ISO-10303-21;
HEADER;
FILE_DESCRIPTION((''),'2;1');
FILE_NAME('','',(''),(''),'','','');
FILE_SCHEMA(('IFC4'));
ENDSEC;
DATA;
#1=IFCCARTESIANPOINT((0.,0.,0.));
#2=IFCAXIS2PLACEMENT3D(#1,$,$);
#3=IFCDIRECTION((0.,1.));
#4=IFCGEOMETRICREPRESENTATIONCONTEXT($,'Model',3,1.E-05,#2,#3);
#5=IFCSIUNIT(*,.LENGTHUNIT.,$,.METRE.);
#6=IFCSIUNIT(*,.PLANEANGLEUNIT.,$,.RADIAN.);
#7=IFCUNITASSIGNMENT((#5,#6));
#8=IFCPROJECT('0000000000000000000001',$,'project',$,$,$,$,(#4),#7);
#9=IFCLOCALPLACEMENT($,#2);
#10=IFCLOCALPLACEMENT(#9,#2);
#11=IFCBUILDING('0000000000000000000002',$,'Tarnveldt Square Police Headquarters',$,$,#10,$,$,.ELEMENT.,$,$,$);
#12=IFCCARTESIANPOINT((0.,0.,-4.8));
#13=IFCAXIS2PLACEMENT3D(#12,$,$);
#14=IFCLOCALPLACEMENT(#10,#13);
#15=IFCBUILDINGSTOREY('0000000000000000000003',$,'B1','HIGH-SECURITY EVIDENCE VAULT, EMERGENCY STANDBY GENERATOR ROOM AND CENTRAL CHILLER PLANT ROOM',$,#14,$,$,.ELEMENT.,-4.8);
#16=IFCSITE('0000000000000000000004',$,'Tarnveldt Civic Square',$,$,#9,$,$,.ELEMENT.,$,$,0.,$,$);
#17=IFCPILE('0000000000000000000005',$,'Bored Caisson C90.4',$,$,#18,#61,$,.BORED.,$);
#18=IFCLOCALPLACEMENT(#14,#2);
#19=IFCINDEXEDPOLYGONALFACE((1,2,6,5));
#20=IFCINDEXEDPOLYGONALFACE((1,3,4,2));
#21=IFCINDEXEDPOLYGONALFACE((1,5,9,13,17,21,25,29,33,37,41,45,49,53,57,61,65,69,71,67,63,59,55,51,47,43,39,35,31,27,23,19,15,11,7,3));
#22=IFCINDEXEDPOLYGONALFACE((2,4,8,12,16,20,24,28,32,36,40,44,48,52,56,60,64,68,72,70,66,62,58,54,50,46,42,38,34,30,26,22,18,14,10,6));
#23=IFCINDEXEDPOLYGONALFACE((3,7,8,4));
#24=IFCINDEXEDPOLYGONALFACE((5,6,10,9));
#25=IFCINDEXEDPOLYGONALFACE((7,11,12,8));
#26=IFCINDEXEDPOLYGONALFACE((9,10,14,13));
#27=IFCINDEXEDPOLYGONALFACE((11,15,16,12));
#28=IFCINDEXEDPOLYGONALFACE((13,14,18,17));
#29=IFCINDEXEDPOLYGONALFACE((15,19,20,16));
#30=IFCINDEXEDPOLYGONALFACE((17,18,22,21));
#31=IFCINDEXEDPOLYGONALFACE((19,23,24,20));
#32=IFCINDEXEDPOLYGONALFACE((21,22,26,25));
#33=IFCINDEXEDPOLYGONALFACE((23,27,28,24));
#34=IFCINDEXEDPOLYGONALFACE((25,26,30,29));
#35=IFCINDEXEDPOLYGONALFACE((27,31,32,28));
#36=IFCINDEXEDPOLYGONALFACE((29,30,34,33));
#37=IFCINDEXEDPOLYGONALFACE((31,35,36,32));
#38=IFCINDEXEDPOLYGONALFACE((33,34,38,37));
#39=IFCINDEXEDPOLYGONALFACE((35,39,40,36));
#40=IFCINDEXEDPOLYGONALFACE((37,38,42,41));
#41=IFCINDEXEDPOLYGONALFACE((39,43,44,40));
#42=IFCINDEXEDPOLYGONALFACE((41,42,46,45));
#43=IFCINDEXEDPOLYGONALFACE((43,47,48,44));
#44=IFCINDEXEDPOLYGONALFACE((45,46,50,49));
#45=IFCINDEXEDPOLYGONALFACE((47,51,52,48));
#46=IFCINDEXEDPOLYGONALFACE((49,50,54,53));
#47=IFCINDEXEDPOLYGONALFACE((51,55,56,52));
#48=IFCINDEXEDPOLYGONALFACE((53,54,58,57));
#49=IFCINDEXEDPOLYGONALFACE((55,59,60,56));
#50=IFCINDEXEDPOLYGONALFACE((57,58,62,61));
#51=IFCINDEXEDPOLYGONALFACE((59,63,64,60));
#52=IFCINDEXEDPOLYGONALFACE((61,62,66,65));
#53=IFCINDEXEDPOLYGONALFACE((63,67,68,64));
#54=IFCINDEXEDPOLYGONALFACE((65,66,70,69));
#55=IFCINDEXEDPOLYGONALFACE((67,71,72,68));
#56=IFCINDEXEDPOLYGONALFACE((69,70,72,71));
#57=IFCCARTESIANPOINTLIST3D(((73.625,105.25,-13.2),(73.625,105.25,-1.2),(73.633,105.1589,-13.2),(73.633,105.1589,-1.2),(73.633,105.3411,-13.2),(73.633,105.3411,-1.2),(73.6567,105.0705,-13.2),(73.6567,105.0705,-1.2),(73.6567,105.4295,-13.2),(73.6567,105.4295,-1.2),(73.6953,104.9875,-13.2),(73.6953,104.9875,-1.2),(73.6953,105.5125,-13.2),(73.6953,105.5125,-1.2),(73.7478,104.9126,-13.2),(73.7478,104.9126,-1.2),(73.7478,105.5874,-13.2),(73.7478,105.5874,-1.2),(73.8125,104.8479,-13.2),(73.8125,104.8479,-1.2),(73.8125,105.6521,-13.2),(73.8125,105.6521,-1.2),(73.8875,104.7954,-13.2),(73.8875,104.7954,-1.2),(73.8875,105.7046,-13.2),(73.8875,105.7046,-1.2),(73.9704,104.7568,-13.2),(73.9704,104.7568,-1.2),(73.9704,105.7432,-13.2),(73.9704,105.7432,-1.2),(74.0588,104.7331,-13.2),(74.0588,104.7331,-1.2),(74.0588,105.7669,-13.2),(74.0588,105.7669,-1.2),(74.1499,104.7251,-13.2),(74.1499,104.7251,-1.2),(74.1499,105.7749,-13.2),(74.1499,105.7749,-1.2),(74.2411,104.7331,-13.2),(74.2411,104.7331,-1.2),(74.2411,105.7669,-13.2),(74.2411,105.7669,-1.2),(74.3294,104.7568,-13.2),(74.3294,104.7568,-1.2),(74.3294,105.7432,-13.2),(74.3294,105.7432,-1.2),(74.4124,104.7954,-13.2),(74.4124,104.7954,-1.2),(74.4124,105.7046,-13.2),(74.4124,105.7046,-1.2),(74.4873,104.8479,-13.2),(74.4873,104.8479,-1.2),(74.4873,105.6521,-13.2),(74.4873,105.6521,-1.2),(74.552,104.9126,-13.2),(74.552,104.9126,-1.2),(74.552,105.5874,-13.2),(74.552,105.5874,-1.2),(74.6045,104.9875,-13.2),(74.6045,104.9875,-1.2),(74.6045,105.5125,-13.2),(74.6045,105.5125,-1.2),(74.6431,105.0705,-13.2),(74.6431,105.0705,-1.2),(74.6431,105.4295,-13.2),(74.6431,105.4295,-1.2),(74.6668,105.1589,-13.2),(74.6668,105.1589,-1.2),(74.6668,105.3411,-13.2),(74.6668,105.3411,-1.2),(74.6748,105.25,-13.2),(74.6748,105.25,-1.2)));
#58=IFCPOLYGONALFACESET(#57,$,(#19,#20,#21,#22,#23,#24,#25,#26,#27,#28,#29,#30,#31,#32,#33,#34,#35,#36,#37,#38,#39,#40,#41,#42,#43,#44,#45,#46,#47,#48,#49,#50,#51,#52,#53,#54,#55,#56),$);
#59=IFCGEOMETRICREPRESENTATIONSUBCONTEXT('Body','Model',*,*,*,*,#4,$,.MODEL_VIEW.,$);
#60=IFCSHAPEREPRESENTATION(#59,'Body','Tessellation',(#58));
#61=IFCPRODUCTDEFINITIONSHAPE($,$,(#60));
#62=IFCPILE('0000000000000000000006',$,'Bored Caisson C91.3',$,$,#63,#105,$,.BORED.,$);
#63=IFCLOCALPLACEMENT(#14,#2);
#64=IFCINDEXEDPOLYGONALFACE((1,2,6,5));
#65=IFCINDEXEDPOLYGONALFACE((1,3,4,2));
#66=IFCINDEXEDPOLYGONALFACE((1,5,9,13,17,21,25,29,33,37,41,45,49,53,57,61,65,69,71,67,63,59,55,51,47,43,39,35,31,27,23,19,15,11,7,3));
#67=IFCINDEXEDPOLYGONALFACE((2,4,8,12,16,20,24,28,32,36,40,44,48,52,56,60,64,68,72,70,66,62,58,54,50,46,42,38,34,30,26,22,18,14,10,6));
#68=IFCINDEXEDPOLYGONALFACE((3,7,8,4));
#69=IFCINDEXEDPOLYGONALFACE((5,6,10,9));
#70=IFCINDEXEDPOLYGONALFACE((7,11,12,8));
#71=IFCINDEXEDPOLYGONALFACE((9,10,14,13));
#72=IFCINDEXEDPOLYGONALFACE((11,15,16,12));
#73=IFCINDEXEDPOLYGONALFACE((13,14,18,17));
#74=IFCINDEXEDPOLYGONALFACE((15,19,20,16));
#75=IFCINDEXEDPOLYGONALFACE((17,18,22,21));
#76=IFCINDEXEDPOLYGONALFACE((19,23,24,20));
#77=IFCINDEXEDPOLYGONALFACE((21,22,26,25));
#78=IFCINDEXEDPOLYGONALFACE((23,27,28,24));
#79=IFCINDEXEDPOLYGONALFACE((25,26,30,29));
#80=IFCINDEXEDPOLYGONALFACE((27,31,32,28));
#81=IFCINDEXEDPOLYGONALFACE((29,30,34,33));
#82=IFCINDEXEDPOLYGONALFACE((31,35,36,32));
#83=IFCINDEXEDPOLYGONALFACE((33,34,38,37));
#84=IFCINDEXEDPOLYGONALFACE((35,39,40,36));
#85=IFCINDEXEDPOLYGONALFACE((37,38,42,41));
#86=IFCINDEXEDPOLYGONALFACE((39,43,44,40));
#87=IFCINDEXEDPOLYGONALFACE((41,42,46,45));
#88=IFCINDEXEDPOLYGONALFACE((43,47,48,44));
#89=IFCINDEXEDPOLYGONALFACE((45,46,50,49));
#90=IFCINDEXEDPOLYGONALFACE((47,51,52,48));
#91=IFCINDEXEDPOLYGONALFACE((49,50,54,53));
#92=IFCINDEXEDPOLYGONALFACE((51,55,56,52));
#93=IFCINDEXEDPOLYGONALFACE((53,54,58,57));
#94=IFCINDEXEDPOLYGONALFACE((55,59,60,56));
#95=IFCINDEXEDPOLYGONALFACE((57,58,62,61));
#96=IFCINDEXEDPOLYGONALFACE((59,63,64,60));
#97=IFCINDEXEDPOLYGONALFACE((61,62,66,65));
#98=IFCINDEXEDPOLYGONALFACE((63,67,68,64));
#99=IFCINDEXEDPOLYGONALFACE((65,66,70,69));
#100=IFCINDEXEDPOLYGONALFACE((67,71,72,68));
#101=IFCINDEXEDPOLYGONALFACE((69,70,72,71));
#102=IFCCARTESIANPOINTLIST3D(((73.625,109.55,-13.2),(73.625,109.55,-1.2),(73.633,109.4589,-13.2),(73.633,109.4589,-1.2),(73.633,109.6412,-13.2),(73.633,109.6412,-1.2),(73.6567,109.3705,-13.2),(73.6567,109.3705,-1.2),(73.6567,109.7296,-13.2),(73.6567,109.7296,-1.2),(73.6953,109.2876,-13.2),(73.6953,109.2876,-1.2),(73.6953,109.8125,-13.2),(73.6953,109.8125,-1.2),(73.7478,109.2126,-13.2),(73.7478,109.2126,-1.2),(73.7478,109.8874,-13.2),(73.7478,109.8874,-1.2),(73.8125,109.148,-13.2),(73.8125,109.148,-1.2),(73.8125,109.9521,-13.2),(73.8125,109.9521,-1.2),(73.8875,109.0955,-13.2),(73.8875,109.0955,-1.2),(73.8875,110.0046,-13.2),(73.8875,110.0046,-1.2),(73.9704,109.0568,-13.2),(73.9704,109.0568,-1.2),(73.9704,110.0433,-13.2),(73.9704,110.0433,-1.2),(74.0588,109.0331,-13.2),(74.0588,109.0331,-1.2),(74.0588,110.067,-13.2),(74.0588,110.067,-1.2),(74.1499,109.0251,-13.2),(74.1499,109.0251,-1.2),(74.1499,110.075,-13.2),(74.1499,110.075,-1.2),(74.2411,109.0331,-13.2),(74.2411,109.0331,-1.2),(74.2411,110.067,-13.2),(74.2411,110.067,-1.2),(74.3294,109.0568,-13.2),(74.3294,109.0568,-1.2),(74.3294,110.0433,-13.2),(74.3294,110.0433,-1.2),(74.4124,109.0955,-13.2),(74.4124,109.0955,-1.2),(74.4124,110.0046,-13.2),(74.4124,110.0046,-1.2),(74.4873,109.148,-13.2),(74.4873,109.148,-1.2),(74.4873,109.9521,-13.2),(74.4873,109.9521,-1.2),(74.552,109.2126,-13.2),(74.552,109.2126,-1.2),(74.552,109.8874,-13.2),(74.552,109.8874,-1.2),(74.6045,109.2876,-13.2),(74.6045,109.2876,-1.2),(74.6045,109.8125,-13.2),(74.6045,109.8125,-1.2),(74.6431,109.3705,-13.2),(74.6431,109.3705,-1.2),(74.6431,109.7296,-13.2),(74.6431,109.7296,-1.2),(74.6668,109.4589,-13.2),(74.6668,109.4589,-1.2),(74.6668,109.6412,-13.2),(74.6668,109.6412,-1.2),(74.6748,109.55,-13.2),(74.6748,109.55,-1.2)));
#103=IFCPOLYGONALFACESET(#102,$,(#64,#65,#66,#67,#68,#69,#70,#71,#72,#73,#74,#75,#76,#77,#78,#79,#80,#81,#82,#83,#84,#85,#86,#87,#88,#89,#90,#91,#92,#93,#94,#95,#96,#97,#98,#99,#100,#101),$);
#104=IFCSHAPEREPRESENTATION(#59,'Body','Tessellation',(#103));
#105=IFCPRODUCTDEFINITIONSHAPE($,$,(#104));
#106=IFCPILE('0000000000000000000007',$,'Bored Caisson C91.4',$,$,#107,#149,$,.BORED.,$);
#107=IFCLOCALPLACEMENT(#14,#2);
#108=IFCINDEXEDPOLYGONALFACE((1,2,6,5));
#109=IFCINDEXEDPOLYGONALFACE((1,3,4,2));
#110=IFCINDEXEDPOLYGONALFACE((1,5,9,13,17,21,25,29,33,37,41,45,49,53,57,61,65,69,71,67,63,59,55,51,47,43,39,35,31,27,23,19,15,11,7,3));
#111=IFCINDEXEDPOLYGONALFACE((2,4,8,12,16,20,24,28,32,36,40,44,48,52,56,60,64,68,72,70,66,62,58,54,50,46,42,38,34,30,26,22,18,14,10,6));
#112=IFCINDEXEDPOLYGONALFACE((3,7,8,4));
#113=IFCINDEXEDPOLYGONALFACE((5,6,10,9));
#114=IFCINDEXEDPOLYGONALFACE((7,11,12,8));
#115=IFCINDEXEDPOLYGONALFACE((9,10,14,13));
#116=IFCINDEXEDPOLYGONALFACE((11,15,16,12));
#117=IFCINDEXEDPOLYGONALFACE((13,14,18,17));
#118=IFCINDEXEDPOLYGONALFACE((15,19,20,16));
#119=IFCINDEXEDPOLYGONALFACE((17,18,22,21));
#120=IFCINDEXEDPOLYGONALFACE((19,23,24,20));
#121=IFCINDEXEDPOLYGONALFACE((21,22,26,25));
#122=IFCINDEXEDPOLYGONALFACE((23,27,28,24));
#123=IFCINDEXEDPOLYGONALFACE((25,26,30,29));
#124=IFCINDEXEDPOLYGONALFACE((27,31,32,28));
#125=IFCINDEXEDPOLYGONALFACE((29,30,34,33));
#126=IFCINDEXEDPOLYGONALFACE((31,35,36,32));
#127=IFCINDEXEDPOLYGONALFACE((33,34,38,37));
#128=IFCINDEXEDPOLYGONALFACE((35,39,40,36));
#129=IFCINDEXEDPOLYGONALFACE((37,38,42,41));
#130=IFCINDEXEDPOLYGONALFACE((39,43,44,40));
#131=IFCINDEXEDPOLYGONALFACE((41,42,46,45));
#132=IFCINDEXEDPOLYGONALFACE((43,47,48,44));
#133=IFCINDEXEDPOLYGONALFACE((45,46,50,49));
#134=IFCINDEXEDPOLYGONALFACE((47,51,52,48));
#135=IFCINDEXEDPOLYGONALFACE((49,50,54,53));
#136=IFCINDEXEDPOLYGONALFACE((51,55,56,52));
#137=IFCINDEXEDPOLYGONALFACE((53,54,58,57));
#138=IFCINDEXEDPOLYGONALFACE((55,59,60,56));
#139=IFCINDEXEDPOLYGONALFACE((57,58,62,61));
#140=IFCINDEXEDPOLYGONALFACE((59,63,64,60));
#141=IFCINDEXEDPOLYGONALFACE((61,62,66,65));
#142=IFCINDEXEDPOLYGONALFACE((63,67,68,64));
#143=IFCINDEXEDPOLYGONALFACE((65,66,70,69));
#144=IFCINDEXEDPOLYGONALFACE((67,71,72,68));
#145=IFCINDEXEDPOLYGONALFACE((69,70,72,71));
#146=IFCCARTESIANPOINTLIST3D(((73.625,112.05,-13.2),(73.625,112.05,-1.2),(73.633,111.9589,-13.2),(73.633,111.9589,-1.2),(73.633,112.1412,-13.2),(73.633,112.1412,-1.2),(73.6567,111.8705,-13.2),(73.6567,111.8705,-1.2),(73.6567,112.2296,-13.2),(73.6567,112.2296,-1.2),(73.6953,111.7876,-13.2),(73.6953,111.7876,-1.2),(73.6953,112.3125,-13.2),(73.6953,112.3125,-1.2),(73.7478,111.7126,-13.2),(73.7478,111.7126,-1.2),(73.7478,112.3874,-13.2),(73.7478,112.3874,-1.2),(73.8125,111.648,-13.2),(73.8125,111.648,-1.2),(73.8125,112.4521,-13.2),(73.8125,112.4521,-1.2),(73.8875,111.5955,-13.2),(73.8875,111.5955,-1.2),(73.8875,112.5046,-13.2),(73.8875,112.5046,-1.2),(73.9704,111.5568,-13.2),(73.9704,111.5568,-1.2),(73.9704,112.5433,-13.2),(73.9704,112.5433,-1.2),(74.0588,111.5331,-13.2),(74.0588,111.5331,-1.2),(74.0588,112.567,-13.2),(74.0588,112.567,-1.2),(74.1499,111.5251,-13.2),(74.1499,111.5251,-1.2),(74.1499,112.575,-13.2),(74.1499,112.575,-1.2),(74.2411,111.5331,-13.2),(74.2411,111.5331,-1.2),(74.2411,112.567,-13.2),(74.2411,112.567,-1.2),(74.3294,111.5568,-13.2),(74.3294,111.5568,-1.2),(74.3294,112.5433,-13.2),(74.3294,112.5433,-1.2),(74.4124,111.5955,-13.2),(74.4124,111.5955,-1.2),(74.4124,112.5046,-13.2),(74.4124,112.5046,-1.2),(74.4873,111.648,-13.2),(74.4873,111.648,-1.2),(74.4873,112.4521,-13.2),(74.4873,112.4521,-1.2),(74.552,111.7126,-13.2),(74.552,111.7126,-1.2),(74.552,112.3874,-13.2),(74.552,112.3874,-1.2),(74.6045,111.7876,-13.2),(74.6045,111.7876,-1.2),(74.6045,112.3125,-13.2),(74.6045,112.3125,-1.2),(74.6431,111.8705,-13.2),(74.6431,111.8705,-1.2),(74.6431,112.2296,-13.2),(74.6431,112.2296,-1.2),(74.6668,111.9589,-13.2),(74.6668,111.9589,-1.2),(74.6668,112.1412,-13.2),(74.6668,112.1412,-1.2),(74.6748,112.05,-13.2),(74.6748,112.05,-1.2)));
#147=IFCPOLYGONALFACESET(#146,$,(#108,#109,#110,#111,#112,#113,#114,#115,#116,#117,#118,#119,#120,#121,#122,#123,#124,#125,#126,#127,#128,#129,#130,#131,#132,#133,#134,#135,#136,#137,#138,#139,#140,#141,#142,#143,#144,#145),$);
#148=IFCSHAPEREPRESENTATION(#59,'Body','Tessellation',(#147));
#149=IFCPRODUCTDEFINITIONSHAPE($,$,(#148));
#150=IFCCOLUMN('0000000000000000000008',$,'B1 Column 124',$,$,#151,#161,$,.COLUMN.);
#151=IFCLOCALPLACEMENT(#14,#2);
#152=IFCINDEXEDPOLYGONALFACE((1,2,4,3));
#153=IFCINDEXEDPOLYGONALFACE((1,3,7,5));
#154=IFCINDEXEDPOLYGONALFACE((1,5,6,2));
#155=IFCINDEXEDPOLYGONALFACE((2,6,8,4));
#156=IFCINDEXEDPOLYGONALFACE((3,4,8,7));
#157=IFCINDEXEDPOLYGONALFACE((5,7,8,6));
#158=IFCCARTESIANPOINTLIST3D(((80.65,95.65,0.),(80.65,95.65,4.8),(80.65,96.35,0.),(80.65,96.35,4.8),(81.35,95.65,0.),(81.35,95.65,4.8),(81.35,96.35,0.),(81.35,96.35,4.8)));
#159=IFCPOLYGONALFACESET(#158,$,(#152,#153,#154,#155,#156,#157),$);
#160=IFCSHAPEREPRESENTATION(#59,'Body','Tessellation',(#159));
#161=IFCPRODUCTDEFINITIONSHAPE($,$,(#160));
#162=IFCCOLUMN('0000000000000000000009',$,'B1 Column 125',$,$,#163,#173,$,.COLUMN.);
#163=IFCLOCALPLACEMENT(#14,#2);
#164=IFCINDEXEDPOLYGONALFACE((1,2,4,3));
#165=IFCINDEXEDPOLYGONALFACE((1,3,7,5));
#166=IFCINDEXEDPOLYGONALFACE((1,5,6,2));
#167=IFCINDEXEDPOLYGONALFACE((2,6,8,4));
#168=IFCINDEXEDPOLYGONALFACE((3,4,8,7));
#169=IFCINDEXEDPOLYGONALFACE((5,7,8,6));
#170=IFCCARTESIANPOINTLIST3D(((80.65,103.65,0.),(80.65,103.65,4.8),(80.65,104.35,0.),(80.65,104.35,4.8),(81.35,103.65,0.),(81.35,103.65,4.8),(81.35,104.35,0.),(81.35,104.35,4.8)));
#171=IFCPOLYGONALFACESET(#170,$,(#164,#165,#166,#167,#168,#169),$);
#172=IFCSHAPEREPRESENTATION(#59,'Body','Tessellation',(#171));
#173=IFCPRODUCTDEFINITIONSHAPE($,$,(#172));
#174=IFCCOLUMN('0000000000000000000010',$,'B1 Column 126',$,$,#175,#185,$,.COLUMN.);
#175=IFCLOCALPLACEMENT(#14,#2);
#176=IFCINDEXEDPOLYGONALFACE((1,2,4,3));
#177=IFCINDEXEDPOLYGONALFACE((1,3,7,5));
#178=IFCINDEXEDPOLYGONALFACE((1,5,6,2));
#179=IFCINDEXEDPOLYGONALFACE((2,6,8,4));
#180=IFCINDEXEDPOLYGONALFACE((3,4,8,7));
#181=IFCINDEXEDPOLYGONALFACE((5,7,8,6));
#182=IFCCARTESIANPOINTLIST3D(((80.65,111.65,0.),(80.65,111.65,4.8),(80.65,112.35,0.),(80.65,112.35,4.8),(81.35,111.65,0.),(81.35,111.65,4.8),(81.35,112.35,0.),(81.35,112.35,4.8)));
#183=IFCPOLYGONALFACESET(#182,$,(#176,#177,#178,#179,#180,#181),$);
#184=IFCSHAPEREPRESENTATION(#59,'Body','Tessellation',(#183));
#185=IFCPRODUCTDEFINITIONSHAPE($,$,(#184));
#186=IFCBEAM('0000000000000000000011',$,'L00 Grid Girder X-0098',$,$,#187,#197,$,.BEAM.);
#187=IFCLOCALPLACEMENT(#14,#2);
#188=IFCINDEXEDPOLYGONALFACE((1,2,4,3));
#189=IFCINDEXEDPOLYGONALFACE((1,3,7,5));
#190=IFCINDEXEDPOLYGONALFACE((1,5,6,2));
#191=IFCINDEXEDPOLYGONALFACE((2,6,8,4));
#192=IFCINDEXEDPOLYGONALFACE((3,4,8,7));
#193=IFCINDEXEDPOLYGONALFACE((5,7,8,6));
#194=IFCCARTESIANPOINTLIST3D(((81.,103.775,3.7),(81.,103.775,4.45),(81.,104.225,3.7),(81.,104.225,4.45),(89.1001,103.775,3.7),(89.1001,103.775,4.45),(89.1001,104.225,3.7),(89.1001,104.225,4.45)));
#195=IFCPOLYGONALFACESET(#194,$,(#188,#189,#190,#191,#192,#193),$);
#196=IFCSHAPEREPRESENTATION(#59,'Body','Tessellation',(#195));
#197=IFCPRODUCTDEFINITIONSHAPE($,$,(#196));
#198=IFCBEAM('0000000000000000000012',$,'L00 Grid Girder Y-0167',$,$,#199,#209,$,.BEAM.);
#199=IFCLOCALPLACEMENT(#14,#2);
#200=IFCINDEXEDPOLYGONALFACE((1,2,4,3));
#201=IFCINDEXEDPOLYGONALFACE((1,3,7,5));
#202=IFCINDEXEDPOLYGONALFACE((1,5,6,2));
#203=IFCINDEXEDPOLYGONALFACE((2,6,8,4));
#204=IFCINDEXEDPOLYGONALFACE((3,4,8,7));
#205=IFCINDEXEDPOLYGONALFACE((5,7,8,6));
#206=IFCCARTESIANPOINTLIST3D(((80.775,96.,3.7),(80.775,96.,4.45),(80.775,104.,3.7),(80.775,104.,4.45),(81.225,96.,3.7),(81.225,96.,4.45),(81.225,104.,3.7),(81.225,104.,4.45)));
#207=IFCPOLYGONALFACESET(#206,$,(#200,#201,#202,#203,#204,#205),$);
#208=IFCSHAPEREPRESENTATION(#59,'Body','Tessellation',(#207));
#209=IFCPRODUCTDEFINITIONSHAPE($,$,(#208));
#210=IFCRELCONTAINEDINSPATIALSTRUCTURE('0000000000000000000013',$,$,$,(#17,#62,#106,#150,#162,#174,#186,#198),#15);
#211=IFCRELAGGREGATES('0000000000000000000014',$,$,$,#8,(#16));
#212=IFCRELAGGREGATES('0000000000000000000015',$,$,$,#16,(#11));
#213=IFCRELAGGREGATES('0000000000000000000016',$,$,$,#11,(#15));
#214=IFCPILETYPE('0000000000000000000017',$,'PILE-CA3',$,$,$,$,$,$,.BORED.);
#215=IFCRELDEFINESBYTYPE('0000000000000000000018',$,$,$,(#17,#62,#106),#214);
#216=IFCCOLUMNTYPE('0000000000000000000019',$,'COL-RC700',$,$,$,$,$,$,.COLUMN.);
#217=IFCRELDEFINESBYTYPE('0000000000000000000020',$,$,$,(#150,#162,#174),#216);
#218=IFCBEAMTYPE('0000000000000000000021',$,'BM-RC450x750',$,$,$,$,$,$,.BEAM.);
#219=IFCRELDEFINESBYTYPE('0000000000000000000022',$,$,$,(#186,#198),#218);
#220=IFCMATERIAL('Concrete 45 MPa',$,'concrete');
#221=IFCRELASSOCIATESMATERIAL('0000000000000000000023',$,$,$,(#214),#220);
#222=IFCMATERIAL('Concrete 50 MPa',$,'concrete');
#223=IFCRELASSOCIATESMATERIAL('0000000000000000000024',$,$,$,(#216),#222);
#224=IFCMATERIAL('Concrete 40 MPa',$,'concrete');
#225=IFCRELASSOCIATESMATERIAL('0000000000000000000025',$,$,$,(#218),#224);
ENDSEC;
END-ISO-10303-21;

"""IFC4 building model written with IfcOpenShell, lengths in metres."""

from ifc_helpers import new_model, si_unit, direction, frame, origin, origin_2d, place, context, subcontext, project, spatial, rectangle, circle, extrude, material, material_profile, profile_set, type_object, element, save


model = new_model("IFC4")

# Units and contexts
model_context = context("Model", 3, precision=1e-05, world=origin(), true_north=direction((0.0, 1.0)))
body_context = subcontext(model_context, "Body", "Model", "MODEL_VIEW")
ifc_project = project(units=[si_unit("LENGTHUNIT", "METRE"), si_unit("PLANEANGLEUNIT", "RADIAN")], contexts=[model_context])

# Site, building, storey
site_placement = place(None, origin())
site = spatial("IfcSite", under=ifc_project, at=site_placement, Name="Tarnveldt Civic Square", CompositionType="ELEMENT", RefElevation=0.0)
building_placement = place(site_placement, origin())
building = spatial("IfcBuilding", under=site, at=building_placement, Name="Tarnveldt Square Police Headquarters", CompositionType="ELEMENT")
storey_placement = place(building_placement, frame((0.0, 0.0, -4.8)))
storey = spatial("IfcBuildingStorey", under=building, at=storey_placement, Name="B1", Description="HIGH-SECURITY EVIDENCE VAULT, EMERGENCY STANDBY GENERATOR ROOM AND CENTRAL CHILLER PLANT ROOM", CompositionType="ELEMENT", Elevation=-4.8)

# Shared definitions
ifc_material_1 = material(Name="Concrete 45 MPa", Category="concrete")

# Piles
ifc_material_profile_1 = material_profile(ifc_material_1, circle(Radius=0.5249, at=origin_2d()), Name="CAISSON-D1050")
ifc_profile_set_1 = profile_set([ifc_material_profile_1], Name="Concrete 45 MPa")
pile_type_1 = type_object("IfcPileType", Name="PILE-CA3", PredefinedType="BORED", material=ifc_profile_set_1)
for number, where, z_axis, x_axis, name in (
    (1, (74.1499, 105.25, -1.2), (0.0, 0.0, -1.0), (1.0, 0.0, 0.0), "Bored Caisson C90.4"),
    (2, (74.1499, 109.55, -1.2), (0.0, 0.0, -1.0), (1.0, 0.0, 0.0), "Bored Caisson C91.3"),
    (3, (74.1499, 112.05, -1.2), (0.0, 0.0, -1.0), (1.0, 0.0, 0.0), "Bored Caisson C91.4"),
):
    element("IfcPile", number, at=place(storey_placement, frame(where, z_axis=z_axis, x_axis=x_axis)), inside=storey, type_object=pile_type_1, Name=name, PredefinedType="BORED", context=body_context, shape_type="SweptSolid", body=[
        extrude(circle(Radius=0.5249, at=origin_2d()), origin(), (0.0, 0.0, 1.0), 12.0),
    ])

# Columns
ifc_material_2 = material(Name="Concrete 50 MPa", Category="concrete")
ifc_material_profile_2 = material_profile(ifc_material_2, rectangle(XDim=0.7, YDim=0.7, at=origin_2d()), Name="RC-C700x700")
ifc_profile_set_2 = profile_set([ifc_material_profile_2], Name="Concrete 50 MPa")
column_type = type_object("IfcColumnType", Name="COL-RC700", PredefinedType="COLUMN", material=ifc_profile_set_2)
for number, where, z_axis, x_axis, name in (
    (4, (81.0, 96.0, 0.0), (0.0, 0.0, 1.0), (1.0, 0.0, 0.0), "B1 Column 124"),
    (5, (81.0, 104.0, 0.0), (0.0, 0.0, 1.0), (1.0, 0.0, 0.0), "B1 Column 125"),
    (6, (81.0, 112.0, 0.0), (0.0, 0.0, 1.0), (1.0, 0.0, 0.0), "B1 Column 126"),
):
    element("IfcColumn", number, at=place(storey_placement, frame(where, z_axis=z_axis, x_axis=x_axis)), inside=storey, type_object=column_type, Name=name, PredefinedType="COLUMN", context=body_context, shape_type="SweptSolid", body=[
        extrude(rectangle(XDim=0.7, YDim=0.7, at=origin_2d()), origin(), (0.0, 0.0, 1.0), 4.8),
    ])

# Beams
ifc_material_3 = material(Name="Concrete 40 MPa", Category="concrete")
ifc_material_profile_3 = material_profile(ifc_material_3, rectangle(XDim=0.45, YDim=0.75, at=origin_2d()), Name="RC-B450x750")
ifc_profile_set_3 = profile_set([ifc_material_profile_3], Name="Concrete 40 MPa")
beam_type_1 = type_object("IfcBeamType", Name="BM-RC450x750", PredefinedType="BEAM", material=ifc_profile_set_3)
beam_1_placement = place(storey_placement, frame((81.0, 104.0, 4.075), z_axis=(1.0, 0.0, 0.0), x_axis=(0.0, 1.0, 0.0)))
element("IfcBeam", 7, at=beam_1_placement, inside=storey, type_object=beam_type_1, Name="L00 Grid Girder X-0098", PredefinedType="BEAM", context=body_context, shape_type="SweptSolid", body=[
    extrude(rectangle(XDim=0.45, YDim=0.75, at=origin_2d()), origin(), (0.0, 0.0, 1.0), 8.1001),
])
for number, where, z_axis, x_axis, name in (
    (8, (81.0, 96.0, 4.075), (0.0, 1.0, 0.0), (-1.0, 0.0, 0.0), "L00 Grid Girder Y-0167"),
):
    element("IfcBeam", number, at=place(storey_placement, frame(where, z_axis=z_axis, x_axis=x_axis)), inside=storey, type_object=beam_type_1, Name=name, PredefinedType="BEAM", context=body_context, shape_type="SweptSolid", body=[
        extrude(rectangle(XDim=0.45, YDim=0.75, at=origin_2d()), origin(), (0.0, 0.0, 1.0), 8.0),
    ])

save(model, "model.ifc")
